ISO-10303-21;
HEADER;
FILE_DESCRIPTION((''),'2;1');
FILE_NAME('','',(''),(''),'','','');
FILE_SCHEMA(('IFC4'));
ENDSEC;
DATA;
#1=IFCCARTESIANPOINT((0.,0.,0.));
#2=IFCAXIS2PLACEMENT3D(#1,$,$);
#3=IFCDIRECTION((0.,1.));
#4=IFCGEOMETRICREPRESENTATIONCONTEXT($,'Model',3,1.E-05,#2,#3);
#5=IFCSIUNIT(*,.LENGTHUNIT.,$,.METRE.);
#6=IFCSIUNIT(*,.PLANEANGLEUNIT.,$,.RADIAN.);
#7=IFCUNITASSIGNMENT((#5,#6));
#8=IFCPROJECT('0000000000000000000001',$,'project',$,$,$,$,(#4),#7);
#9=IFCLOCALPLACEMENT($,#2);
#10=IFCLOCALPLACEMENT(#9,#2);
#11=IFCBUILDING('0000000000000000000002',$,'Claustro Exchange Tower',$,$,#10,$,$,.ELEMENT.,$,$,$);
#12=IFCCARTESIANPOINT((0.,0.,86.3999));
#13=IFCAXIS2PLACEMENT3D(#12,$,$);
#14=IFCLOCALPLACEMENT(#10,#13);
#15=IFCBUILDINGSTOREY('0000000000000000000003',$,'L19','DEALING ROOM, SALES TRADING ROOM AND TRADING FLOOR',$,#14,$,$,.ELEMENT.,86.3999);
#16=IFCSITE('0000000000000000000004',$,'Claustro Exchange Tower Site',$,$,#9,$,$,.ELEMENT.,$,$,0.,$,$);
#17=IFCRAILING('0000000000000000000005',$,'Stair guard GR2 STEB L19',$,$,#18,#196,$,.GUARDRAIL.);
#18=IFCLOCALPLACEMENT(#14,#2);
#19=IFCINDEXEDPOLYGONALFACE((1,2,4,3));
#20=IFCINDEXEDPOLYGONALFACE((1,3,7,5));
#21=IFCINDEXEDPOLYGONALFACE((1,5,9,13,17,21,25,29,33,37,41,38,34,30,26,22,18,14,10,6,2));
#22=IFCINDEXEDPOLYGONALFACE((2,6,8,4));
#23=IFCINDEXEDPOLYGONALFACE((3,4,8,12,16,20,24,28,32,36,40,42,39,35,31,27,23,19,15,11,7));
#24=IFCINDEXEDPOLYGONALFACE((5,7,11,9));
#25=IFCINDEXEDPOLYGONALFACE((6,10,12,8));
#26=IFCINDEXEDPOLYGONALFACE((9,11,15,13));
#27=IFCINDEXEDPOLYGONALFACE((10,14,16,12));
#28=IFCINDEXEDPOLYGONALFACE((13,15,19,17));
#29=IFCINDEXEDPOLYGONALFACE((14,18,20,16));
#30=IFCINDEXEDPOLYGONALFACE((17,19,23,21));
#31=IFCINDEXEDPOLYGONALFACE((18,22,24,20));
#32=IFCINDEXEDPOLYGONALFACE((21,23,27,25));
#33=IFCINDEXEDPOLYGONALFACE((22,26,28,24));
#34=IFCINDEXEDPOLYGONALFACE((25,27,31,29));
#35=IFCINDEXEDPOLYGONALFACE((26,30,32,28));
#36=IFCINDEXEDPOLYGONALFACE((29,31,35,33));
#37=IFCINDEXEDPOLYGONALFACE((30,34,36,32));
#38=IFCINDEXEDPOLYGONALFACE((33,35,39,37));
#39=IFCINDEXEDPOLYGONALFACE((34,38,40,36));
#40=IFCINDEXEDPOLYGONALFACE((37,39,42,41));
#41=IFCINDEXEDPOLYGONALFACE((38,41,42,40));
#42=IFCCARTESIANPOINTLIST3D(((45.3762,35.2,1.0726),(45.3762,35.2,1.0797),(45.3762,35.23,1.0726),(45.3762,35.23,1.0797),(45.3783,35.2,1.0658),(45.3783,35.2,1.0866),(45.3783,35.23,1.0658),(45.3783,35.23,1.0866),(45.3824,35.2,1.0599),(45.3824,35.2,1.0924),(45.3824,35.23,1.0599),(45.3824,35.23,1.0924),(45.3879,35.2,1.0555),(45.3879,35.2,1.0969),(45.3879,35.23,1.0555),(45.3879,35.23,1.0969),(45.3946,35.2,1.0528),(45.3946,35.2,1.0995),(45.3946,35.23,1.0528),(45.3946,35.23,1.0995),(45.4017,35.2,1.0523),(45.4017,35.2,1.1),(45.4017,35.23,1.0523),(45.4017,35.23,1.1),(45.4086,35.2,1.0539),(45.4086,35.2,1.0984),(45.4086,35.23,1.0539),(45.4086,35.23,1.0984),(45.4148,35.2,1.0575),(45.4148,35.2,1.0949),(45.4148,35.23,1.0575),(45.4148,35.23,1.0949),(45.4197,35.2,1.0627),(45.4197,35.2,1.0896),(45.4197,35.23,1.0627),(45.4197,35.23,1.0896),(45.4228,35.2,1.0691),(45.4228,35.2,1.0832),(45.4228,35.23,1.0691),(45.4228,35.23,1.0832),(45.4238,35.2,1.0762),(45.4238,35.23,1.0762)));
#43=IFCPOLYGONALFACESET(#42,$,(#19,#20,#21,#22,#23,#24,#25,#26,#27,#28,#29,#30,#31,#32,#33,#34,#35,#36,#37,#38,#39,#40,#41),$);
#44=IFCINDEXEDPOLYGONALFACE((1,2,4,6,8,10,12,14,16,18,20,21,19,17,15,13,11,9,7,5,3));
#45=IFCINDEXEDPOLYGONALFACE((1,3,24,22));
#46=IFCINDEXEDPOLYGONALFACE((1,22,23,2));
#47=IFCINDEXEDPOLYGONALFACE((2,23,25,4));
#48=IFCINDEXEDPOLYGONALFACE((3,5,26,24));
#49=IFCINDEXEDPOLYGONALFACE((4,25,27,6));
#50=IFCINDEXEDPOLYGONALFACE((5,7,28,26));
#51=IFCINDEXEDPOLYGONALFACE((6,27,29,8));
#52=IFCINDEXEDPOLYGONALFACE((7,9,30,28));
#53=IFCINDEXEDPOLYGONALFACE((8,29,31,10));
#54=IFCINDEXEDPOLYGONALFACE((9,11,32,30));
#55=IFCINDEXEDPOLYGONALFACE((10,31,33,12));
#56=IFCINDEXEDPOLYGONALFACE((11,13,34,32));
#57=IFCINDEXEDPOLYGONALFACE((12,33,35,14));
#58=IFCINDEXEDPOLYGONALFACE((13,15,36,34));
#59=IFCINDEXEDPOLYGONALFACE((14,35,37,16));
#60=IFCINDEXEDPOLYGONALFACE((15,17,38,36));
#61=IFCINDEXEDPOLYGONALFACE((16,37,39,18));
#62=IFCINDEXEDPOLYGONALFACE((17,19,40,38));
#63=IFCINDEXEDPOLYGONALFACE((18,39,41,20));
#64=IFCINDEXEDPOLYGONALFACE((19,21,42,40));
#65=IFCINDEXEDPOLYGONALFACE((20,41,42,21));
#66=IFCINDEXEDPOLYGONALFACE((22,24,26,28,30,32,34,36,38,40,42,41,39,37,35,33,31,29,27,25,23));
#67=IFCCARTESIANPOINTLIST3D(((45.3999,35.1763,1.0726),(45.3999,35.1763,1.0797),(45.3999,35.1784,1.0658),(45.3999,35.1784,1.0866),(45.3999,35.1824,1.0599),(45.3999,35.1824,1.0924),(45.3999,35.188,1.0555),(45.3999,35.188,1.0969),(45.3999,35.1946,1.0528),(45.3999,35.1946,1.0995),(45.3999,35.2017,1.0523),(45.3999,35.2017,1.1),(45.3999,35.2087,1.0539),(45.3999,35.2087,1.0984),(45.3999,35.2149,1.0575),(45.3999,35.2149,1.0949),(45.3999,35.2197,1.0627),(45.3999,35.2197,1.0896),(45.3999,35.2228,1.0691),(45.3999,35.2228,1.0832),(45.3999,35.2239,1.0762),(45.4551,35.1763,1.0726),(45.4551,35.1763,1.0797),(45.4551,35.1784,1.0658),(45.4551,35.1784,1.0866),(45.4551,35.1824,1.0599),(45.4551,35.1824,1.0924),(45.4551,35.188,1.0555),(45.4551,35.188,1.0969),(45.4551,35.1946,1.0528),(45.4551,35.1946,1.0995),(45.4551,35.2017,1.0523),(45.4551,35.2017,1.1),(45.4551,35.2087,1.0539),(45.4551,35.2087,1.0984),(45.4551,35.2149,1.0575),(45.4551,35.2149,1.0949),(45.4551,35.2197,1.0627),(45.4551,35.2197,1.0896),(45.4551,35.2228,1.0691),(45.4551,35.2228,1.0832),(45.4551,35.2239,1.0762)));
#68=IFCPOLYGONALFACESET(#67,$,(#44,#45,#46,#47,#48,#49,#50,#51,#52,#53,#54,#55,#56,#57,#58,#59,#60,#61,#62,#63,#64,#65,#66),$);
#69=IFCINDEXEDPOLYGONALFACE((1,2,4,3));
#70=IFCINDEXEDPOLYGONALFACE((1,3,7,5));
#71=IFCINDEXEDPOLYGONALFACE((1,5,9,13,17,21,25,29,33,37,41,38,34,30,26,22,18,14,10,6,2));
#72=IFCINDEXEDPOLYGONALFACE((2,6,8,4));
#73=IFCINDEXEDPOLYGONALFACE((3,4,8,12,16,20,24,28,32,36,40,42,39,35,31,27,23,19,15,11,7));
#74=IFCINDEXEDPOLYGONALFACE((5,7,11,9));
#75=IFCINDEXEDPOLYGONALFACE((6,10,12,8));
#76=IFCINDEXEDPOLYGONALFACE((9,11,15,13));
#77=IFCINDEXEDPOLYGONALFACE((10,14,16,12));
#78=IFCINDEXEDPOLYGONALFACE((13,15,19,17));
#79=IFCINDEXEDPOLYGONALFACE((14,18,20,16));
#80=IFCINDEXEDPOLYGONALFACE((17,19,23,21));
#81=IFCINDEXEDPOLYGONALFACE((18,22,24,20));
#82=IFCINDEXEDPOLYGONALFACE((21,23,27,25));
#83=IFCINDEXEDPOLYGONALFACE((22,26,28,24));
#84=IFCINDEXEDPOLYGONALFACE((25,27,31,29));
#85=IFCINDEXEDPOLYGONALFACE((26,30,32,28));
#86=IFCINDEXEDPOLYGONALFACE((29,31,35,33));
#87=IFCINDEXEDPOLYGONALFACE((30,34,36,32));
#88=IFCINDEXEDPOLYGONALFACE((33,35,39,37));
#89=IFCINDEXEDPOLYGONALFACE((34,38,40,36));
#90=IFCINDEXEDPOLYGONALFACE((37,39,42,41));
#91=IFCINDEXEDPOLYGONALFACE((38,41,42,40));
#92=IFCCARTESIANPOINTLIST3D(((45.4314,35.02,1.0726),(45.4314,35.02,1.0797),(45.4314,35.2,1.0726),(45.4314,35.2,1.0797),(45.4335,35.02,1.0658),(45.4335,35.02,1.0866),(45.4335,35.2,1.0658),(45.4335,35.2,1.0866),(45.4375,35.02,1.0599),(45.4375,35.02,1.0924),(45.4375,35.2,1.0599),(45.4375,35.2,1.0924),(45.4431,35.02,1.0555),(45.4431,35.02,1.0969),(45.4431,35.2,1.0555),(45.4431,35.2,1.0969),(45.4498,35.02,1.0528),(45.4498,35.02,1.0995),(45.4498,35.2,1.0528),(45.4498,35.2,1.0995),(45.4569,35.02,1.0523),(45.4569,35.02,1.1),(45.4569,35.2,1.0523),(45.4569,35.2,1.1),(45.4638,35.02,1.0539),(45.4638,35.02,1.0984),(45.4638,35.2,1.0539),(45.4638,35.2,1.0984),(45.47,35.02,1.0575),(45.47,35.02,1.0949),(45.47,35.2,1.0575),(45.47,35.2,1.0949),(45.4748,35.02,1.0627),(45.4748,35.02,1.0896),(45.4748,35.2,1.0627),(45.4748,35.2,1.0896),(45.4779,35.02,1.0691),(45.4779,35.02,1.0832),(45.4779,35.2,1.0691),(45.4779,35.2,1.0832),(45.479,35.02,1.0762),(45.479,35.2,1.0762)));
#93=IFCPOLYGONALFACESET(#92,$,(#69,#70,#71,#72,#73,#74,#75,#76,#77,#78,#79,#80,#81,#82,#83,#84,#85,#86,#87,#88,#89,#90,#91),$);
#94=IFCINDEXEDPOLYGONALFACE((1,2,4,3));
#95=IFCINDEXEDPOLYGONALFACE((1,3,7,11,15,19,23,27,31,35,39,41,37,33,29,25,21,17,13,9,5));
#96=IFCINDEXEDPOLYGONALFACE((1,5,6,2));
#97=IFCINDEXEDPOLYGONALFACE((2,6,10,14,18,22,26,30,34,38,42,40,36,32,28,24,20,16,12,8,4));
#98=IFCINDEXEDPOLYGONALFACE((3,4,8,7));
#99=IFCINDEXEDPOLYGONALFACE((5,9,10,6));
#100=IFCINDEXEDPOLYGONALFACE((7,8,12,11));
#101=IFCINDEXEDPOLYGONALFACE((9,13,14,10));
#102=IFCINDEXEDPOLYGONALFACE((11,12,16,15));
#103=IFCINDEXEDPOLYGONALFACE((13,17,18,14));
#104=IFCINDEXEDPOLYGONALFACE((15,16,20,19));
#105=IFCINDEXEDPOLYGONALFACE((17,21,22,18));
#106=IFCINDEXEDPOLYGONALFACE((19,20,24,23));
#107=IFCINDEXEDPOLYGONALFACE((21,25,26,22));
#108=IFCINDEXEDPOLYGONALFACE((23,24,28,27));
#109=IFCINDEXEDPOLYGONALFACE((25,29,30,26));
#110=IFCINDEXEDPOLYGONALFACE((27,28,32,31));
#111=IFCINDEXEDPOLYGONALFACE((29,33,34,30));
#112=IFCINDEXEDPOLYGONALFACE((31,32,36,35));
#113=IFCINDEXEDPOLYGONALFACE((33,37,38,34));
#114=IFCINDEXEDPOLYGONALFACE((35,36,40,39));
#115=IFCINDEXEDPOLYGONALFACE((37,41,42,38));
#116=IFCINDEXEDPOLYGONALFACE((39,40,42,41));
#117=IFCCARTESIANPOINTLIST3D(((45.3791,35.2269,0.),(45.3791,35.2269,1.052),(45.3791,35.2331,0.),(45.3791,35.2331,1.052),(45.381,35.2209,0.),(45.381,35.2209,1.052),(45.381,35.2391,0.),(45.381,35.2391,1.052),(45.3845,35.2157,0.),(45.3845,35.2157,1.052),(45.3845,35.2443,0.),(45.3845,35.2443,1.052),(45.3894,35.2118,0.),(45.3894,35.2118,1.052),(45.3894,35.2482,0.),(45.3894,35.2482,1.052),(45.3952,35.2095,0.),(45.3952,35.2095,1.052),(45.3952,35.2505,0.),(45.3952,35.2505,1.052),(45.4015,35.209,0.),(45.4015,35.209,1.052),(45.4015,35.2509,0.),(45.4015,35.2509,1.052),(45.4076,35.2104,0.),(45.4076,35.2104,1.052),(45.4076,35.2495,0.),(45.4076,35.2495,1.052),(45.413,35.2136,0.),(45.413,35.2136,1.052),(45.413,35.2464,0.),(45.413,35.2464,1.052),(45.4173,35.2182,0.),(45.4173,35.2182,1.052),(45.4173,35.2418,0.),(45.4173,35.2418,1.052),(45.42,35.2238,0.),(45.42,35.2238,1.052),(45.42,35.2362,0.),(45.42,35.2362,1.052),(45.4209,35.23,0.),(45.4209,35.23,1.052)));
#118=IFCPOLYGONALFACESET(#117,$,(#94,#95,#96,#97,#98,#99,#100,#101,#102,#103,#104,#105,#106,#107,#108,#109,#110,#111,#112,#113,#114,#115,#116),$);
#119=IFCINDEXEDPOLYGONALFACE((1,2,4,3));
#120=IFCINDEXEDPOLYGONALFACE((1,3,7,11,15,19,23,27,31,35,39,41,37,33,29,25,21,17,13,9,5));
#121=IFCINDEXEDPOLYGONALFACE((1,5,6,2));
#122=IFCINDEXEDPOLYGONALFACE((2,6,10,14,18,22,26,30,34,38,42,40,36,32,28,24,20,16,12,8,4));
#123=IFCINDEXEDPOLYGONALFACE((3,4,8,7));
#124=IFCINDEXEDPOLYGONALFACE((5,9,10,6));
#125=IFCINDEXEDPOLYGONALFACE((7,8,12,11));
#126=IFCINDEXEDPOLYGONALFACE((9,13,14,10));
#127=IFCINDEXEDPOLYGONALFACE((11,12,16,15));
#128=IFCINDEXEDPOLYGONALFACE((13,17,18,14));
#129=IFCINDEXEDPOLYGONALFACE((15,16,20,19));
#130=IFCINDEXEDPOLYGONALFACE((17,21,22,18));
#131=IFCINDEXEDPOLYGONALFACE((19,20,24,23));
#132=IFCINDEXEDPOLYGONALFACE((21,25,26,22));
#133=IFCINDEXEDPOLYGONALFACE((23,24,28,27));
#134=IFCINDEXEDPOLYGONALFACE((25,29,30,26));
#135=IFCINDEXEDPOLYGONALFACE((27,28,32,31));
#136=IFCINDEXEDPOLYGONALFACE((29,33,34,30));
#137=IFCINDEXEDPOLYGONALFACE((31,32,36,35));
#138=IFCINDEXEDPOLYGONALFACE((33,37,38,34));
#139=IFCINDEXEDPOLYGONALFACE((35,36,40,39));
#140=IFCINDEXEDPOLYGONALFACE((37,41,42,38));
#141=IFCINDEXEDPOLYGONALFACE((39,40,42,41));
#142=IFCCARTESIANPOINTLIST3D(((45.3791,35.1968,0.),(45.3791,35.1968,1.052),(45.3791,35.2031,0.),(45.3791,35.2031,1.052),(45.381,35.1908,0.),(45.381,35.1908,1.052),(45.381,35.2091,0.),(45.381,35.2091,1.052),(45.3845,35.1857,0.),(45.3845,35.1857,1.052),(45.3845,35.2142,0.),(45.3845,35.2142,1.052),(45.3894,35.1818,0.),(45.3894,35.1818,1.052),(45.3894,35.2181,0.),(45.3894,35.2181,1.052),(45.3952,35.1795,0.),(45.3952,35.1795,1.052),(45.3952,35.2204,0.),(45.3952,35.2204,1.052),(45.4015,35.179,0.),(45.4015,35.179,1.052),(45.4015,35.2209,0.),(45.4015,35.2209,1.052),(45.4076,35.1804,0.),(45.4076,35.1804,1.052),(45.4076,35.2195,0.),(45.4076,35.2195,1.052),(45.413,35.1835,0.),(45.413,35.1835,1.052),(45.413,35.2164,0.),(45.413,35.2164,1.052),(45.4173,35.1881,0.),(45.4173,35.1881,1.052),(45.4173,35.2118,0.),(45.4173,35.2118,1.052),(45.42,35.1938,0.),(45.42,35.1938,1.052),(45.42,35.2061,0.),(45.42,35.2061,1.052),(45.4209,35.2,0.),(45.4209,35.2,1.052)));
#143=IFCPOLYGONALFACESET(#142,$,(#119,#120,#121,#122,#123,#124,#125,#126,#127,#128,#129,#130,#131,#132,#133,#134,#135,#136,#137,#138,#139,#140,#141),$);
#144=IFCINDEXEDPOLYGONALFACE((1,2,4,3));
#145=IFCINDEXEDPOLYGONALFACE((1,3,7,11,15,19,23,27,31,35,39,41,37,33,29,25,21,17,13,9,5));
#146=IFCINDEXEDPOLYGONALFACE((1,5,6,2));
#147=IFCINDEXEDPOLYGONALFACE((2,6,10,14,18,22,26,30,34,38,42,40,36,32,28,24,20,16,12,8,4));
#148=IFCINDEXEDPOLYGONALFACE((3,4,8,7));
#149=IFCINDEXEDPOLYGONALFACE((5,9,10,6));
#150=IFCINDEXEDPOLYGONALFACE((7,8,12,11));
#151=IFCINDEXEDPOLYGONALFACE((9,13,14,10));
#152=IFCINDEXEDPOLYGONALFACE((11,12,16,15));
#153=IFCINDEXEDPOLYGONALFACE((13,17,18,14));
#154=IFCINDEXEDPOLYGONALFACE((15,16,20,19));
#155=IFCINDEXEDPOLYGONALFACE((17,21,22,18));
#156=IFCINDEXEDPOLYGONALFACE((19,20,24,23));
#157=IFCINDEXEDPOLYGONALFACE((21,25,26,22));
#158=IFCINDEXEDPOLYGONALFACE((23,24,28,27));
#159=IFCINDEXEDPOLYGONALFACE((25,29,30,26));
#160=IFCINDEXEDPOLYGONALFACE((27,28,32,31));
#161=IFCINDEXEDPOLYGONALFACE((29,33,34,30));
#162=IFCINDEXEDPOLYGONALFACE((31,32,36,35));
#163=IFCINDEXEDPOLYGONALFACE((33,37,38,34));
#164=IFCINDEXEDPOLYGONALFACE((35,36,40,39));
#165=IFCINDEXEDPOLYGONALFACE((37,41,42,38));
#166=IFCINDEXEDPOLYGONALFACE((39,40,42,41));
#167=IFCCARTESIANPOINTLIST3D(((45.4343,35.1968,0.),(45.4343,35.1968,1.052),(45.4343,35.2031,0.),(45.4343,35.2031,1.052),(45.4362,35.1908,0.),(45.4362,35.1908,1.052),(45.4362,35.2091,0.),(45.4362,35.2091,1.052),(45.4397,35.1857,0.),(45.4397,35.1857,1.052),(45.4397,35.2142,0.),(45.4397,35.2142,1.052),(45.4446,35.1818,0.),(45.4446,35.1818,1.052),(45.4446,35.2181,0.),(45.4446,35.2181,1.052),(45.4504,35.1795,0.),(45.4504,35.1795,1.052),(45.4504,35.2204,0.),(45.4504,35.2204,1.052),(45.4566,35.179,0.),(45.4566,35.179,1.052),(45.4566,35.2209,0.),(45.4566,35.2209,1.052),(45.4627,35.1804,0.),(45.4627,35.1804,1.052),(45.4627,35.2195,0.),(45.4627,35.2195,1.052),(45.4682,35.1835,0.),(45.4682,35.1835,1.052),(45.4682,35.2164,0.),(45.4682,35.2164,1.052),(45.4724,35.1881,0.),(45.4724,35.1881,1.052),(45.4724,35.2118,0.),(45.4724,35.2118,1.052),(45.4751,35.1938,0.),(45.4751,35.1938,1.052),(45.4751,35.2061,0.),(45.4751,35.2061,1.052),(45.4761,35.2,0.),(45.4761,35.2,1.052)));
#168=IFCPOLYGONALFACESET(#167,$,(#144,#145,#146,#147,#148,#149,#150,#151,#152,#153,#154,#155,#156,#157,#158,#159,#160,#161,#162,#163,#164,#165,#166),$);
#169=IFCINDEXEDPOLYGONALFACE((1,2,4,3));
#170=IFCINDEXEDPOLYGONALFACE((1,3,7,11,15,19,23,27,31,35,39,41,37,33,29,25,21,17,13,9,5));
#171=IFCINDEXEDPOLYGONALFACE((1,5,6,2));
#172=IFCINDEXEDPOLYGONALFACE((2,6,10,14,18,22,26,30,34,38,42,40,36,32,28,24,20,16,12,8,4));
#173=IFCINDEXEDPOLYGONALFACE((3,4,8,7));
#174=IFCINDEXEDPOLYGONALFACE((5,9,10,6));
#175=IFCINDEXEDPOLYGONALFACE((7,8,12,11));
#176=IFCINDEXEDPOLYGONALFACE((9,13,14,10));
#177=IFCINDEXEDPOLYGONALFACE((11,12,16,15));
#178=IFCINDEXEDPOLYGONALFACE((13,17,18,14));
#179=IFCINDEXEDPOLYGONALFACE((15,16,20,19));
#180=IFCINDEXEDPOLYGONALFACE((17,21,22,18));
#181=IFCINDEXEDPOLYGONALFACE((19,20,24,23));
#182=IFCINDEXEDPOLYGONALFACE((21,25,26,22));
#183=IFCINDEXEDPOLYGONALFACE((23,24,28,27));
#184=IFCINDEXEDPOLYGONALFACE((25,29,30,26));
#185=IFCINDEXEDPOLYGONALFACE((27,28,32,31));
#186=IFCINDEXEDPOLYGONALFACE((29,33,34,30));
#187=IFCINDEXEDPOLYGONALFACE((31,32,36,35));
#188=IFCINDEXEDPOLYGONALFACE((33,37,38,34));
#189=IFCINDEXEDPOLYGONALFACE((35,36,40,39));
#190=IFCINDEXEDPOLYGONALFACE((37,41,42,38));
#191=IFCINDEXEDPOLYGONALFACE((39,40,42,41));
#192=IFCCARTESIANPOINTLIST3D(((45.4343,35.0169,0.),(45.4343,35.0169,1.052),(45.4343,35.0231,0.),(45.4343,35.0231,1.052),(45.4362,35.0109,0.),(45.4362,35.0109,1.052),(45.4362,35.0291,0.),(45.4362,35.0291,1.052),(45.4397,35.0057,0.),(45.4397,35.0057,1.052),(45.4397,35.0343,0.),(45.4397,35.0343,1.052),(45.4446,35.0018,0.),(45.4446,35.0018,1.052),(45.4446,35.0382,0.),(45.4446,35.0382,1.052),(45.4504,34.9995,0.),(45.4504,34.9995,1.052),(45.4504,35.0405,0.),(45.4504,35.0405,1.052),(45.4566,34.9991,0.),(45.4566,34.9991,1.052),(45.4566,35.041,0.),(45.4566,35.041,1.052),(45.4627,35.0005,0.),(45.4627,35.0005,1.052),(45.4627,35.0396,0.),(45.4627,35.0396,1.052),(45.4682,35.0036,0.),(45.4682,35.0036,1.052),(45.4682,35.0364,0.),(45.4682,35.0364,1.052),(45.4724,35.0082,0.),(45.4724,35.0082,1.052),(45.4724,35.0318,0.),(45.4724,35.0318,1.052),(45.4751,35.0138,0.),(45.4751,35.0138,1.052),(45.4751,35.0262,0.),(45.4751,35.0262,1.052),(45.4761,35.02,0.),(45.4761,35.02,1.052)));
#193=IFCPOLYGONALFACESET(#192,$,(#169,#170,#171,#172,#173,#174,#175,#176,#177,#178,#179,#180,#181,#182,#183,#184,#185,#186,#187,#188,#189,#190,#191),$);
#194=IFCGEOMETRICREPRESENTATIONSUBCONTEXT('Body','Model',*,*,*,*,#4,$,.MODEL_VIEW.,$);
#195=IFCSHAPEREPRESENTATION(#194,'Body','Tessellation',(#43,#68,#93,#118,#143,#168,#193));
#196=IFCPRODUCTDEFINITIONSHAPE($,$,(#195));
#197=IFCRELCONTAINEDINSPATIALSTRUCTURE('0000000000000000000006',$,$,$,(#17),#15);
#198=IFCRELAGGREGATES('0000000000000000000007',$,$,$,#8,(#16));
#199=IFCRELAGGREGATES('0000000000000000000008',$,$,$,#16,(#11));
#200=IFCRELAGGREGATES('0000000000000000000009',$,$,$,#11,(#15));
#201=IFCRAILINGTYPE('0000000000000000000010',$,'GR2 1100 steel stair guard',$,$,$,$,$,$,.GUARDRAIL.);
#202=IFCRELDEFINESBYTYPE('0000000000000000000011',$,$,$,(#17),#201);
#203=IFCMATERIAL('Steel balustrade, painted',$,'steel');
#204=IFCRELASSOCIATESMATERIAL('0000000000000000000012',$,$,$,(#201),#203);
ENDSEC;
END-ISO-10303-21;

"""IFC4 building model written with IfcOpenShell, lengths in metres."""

from ifc_helpers import new_model, si_unit, direction, frame, origin, origin_2d, place, context, subcontext, project, spatial, circle, extrude, material, type_object, element, save


model = new_model("IFC4")

# Units and contexts
model_context = context("Model", 3, precision=1e-05, world=origin(), true_north=direction((0.0, 1.0)))
body_context = subcontext(model_context, "Body", "Model", "MODEL_VIEW")
ifc_project = project(units=[si_unit("LENGTHUNIT", "METRE"), si_unit("PLANEANGLEUNIT", "RADIAN")], contexts=[model_context])

# Site, building, storey
site_placement = place(None, origin())
site = spatial("IfcSite", under=ifc_project, at=site_placement, Name="Claustro Exchange Tower Site", CompositionType="ELEMENT", RefElevation=0.0)
building_placement = place(site_placement, origin())
building = spatial("IfcBuilding", under=site, at=building_placement, Name="Claustro Exchange Tower", CompositionType="ELEMENT")
storey_placement = place(building_placement, frame((0.0, 0.0, 86.3999)))
storey = spatial("IfcBuildingStorey", under=building, at=storey_placement, Name="L19", Description="DEALING ROOM, SALES TRADING ROOM AND TRADING FLOOR", CompositionType="ELEMENT", Elevation=86.3999)

# Railing
ifc_material_1 = material(Name="Steel balustrade, painted", Category="steel")
railing_type_1 = type_object("IfcRailingType", Name="GR2 1100 steel stair guard", PredefinedType="GUARDRAIL", material=ifc_material_1)
railing_1_placement = place(storey_placement, frame((45.3999, 35.23, 0.0)))
element("IfcRailing", 1, at=railing_1_placement, inside=storey, type_object=railing_type_1, Name="Stair guard GR2 STEB L19", PredefinedType="GUARDRAIL", context=body_context, shape_type="SweptSolid", body=[
    extrude(circle(Radius=0.0239, at=origin_2d()), frame((0.0, 0.0, 1.0762), z_axis=(0.0, -1.0, 0.0), x_axis=(1.0, 0.0, 0.0)), (0.0, 0.0, 1.0), 0.03),
    extrude(circle(Radius=0.0239, at=origin_2d()), frame((0.0, -0.03, 1.0762), z_axis=(1.0, 0.0, 0.0), x_axis=(0.0, 1.0, 0.0)), (0.0, 0.0, 1.0), 0.0552),
    extrude(circle(Radius=0.0239, at=origin_2d()), frame((0.0552, -0.03, 1.0762), z_axis=(0.0, -1.0, 0.0), x_axis=(1.0, 0.0, 0.0)), (0.0, 0.0, 1.0), 0.1799),
    extrude(circle(Radius=0.021, at=origin_2d()), origin(), (0.0, 0.0, 1.0), 1.052),
    extrude(circle(Radius=0.021, at=origin_2d()), frame((0.0, -0.03, 0.0)), (0.0, 0.0, 1.0), 1.052),
    extrude(circle(Radius=0.021, at=origin_2d()), frame((0.0552, -0.03, 0.0)), (0.0, 0.0, 1.0), 1.052),
    extrude(circle(Radius=0.021, at=origin_2d()), frame((0.0552, -0.21, 0.0)), (0.0, 0.0, 1.0), 1.052),
])

save(model, "model.ifc")
